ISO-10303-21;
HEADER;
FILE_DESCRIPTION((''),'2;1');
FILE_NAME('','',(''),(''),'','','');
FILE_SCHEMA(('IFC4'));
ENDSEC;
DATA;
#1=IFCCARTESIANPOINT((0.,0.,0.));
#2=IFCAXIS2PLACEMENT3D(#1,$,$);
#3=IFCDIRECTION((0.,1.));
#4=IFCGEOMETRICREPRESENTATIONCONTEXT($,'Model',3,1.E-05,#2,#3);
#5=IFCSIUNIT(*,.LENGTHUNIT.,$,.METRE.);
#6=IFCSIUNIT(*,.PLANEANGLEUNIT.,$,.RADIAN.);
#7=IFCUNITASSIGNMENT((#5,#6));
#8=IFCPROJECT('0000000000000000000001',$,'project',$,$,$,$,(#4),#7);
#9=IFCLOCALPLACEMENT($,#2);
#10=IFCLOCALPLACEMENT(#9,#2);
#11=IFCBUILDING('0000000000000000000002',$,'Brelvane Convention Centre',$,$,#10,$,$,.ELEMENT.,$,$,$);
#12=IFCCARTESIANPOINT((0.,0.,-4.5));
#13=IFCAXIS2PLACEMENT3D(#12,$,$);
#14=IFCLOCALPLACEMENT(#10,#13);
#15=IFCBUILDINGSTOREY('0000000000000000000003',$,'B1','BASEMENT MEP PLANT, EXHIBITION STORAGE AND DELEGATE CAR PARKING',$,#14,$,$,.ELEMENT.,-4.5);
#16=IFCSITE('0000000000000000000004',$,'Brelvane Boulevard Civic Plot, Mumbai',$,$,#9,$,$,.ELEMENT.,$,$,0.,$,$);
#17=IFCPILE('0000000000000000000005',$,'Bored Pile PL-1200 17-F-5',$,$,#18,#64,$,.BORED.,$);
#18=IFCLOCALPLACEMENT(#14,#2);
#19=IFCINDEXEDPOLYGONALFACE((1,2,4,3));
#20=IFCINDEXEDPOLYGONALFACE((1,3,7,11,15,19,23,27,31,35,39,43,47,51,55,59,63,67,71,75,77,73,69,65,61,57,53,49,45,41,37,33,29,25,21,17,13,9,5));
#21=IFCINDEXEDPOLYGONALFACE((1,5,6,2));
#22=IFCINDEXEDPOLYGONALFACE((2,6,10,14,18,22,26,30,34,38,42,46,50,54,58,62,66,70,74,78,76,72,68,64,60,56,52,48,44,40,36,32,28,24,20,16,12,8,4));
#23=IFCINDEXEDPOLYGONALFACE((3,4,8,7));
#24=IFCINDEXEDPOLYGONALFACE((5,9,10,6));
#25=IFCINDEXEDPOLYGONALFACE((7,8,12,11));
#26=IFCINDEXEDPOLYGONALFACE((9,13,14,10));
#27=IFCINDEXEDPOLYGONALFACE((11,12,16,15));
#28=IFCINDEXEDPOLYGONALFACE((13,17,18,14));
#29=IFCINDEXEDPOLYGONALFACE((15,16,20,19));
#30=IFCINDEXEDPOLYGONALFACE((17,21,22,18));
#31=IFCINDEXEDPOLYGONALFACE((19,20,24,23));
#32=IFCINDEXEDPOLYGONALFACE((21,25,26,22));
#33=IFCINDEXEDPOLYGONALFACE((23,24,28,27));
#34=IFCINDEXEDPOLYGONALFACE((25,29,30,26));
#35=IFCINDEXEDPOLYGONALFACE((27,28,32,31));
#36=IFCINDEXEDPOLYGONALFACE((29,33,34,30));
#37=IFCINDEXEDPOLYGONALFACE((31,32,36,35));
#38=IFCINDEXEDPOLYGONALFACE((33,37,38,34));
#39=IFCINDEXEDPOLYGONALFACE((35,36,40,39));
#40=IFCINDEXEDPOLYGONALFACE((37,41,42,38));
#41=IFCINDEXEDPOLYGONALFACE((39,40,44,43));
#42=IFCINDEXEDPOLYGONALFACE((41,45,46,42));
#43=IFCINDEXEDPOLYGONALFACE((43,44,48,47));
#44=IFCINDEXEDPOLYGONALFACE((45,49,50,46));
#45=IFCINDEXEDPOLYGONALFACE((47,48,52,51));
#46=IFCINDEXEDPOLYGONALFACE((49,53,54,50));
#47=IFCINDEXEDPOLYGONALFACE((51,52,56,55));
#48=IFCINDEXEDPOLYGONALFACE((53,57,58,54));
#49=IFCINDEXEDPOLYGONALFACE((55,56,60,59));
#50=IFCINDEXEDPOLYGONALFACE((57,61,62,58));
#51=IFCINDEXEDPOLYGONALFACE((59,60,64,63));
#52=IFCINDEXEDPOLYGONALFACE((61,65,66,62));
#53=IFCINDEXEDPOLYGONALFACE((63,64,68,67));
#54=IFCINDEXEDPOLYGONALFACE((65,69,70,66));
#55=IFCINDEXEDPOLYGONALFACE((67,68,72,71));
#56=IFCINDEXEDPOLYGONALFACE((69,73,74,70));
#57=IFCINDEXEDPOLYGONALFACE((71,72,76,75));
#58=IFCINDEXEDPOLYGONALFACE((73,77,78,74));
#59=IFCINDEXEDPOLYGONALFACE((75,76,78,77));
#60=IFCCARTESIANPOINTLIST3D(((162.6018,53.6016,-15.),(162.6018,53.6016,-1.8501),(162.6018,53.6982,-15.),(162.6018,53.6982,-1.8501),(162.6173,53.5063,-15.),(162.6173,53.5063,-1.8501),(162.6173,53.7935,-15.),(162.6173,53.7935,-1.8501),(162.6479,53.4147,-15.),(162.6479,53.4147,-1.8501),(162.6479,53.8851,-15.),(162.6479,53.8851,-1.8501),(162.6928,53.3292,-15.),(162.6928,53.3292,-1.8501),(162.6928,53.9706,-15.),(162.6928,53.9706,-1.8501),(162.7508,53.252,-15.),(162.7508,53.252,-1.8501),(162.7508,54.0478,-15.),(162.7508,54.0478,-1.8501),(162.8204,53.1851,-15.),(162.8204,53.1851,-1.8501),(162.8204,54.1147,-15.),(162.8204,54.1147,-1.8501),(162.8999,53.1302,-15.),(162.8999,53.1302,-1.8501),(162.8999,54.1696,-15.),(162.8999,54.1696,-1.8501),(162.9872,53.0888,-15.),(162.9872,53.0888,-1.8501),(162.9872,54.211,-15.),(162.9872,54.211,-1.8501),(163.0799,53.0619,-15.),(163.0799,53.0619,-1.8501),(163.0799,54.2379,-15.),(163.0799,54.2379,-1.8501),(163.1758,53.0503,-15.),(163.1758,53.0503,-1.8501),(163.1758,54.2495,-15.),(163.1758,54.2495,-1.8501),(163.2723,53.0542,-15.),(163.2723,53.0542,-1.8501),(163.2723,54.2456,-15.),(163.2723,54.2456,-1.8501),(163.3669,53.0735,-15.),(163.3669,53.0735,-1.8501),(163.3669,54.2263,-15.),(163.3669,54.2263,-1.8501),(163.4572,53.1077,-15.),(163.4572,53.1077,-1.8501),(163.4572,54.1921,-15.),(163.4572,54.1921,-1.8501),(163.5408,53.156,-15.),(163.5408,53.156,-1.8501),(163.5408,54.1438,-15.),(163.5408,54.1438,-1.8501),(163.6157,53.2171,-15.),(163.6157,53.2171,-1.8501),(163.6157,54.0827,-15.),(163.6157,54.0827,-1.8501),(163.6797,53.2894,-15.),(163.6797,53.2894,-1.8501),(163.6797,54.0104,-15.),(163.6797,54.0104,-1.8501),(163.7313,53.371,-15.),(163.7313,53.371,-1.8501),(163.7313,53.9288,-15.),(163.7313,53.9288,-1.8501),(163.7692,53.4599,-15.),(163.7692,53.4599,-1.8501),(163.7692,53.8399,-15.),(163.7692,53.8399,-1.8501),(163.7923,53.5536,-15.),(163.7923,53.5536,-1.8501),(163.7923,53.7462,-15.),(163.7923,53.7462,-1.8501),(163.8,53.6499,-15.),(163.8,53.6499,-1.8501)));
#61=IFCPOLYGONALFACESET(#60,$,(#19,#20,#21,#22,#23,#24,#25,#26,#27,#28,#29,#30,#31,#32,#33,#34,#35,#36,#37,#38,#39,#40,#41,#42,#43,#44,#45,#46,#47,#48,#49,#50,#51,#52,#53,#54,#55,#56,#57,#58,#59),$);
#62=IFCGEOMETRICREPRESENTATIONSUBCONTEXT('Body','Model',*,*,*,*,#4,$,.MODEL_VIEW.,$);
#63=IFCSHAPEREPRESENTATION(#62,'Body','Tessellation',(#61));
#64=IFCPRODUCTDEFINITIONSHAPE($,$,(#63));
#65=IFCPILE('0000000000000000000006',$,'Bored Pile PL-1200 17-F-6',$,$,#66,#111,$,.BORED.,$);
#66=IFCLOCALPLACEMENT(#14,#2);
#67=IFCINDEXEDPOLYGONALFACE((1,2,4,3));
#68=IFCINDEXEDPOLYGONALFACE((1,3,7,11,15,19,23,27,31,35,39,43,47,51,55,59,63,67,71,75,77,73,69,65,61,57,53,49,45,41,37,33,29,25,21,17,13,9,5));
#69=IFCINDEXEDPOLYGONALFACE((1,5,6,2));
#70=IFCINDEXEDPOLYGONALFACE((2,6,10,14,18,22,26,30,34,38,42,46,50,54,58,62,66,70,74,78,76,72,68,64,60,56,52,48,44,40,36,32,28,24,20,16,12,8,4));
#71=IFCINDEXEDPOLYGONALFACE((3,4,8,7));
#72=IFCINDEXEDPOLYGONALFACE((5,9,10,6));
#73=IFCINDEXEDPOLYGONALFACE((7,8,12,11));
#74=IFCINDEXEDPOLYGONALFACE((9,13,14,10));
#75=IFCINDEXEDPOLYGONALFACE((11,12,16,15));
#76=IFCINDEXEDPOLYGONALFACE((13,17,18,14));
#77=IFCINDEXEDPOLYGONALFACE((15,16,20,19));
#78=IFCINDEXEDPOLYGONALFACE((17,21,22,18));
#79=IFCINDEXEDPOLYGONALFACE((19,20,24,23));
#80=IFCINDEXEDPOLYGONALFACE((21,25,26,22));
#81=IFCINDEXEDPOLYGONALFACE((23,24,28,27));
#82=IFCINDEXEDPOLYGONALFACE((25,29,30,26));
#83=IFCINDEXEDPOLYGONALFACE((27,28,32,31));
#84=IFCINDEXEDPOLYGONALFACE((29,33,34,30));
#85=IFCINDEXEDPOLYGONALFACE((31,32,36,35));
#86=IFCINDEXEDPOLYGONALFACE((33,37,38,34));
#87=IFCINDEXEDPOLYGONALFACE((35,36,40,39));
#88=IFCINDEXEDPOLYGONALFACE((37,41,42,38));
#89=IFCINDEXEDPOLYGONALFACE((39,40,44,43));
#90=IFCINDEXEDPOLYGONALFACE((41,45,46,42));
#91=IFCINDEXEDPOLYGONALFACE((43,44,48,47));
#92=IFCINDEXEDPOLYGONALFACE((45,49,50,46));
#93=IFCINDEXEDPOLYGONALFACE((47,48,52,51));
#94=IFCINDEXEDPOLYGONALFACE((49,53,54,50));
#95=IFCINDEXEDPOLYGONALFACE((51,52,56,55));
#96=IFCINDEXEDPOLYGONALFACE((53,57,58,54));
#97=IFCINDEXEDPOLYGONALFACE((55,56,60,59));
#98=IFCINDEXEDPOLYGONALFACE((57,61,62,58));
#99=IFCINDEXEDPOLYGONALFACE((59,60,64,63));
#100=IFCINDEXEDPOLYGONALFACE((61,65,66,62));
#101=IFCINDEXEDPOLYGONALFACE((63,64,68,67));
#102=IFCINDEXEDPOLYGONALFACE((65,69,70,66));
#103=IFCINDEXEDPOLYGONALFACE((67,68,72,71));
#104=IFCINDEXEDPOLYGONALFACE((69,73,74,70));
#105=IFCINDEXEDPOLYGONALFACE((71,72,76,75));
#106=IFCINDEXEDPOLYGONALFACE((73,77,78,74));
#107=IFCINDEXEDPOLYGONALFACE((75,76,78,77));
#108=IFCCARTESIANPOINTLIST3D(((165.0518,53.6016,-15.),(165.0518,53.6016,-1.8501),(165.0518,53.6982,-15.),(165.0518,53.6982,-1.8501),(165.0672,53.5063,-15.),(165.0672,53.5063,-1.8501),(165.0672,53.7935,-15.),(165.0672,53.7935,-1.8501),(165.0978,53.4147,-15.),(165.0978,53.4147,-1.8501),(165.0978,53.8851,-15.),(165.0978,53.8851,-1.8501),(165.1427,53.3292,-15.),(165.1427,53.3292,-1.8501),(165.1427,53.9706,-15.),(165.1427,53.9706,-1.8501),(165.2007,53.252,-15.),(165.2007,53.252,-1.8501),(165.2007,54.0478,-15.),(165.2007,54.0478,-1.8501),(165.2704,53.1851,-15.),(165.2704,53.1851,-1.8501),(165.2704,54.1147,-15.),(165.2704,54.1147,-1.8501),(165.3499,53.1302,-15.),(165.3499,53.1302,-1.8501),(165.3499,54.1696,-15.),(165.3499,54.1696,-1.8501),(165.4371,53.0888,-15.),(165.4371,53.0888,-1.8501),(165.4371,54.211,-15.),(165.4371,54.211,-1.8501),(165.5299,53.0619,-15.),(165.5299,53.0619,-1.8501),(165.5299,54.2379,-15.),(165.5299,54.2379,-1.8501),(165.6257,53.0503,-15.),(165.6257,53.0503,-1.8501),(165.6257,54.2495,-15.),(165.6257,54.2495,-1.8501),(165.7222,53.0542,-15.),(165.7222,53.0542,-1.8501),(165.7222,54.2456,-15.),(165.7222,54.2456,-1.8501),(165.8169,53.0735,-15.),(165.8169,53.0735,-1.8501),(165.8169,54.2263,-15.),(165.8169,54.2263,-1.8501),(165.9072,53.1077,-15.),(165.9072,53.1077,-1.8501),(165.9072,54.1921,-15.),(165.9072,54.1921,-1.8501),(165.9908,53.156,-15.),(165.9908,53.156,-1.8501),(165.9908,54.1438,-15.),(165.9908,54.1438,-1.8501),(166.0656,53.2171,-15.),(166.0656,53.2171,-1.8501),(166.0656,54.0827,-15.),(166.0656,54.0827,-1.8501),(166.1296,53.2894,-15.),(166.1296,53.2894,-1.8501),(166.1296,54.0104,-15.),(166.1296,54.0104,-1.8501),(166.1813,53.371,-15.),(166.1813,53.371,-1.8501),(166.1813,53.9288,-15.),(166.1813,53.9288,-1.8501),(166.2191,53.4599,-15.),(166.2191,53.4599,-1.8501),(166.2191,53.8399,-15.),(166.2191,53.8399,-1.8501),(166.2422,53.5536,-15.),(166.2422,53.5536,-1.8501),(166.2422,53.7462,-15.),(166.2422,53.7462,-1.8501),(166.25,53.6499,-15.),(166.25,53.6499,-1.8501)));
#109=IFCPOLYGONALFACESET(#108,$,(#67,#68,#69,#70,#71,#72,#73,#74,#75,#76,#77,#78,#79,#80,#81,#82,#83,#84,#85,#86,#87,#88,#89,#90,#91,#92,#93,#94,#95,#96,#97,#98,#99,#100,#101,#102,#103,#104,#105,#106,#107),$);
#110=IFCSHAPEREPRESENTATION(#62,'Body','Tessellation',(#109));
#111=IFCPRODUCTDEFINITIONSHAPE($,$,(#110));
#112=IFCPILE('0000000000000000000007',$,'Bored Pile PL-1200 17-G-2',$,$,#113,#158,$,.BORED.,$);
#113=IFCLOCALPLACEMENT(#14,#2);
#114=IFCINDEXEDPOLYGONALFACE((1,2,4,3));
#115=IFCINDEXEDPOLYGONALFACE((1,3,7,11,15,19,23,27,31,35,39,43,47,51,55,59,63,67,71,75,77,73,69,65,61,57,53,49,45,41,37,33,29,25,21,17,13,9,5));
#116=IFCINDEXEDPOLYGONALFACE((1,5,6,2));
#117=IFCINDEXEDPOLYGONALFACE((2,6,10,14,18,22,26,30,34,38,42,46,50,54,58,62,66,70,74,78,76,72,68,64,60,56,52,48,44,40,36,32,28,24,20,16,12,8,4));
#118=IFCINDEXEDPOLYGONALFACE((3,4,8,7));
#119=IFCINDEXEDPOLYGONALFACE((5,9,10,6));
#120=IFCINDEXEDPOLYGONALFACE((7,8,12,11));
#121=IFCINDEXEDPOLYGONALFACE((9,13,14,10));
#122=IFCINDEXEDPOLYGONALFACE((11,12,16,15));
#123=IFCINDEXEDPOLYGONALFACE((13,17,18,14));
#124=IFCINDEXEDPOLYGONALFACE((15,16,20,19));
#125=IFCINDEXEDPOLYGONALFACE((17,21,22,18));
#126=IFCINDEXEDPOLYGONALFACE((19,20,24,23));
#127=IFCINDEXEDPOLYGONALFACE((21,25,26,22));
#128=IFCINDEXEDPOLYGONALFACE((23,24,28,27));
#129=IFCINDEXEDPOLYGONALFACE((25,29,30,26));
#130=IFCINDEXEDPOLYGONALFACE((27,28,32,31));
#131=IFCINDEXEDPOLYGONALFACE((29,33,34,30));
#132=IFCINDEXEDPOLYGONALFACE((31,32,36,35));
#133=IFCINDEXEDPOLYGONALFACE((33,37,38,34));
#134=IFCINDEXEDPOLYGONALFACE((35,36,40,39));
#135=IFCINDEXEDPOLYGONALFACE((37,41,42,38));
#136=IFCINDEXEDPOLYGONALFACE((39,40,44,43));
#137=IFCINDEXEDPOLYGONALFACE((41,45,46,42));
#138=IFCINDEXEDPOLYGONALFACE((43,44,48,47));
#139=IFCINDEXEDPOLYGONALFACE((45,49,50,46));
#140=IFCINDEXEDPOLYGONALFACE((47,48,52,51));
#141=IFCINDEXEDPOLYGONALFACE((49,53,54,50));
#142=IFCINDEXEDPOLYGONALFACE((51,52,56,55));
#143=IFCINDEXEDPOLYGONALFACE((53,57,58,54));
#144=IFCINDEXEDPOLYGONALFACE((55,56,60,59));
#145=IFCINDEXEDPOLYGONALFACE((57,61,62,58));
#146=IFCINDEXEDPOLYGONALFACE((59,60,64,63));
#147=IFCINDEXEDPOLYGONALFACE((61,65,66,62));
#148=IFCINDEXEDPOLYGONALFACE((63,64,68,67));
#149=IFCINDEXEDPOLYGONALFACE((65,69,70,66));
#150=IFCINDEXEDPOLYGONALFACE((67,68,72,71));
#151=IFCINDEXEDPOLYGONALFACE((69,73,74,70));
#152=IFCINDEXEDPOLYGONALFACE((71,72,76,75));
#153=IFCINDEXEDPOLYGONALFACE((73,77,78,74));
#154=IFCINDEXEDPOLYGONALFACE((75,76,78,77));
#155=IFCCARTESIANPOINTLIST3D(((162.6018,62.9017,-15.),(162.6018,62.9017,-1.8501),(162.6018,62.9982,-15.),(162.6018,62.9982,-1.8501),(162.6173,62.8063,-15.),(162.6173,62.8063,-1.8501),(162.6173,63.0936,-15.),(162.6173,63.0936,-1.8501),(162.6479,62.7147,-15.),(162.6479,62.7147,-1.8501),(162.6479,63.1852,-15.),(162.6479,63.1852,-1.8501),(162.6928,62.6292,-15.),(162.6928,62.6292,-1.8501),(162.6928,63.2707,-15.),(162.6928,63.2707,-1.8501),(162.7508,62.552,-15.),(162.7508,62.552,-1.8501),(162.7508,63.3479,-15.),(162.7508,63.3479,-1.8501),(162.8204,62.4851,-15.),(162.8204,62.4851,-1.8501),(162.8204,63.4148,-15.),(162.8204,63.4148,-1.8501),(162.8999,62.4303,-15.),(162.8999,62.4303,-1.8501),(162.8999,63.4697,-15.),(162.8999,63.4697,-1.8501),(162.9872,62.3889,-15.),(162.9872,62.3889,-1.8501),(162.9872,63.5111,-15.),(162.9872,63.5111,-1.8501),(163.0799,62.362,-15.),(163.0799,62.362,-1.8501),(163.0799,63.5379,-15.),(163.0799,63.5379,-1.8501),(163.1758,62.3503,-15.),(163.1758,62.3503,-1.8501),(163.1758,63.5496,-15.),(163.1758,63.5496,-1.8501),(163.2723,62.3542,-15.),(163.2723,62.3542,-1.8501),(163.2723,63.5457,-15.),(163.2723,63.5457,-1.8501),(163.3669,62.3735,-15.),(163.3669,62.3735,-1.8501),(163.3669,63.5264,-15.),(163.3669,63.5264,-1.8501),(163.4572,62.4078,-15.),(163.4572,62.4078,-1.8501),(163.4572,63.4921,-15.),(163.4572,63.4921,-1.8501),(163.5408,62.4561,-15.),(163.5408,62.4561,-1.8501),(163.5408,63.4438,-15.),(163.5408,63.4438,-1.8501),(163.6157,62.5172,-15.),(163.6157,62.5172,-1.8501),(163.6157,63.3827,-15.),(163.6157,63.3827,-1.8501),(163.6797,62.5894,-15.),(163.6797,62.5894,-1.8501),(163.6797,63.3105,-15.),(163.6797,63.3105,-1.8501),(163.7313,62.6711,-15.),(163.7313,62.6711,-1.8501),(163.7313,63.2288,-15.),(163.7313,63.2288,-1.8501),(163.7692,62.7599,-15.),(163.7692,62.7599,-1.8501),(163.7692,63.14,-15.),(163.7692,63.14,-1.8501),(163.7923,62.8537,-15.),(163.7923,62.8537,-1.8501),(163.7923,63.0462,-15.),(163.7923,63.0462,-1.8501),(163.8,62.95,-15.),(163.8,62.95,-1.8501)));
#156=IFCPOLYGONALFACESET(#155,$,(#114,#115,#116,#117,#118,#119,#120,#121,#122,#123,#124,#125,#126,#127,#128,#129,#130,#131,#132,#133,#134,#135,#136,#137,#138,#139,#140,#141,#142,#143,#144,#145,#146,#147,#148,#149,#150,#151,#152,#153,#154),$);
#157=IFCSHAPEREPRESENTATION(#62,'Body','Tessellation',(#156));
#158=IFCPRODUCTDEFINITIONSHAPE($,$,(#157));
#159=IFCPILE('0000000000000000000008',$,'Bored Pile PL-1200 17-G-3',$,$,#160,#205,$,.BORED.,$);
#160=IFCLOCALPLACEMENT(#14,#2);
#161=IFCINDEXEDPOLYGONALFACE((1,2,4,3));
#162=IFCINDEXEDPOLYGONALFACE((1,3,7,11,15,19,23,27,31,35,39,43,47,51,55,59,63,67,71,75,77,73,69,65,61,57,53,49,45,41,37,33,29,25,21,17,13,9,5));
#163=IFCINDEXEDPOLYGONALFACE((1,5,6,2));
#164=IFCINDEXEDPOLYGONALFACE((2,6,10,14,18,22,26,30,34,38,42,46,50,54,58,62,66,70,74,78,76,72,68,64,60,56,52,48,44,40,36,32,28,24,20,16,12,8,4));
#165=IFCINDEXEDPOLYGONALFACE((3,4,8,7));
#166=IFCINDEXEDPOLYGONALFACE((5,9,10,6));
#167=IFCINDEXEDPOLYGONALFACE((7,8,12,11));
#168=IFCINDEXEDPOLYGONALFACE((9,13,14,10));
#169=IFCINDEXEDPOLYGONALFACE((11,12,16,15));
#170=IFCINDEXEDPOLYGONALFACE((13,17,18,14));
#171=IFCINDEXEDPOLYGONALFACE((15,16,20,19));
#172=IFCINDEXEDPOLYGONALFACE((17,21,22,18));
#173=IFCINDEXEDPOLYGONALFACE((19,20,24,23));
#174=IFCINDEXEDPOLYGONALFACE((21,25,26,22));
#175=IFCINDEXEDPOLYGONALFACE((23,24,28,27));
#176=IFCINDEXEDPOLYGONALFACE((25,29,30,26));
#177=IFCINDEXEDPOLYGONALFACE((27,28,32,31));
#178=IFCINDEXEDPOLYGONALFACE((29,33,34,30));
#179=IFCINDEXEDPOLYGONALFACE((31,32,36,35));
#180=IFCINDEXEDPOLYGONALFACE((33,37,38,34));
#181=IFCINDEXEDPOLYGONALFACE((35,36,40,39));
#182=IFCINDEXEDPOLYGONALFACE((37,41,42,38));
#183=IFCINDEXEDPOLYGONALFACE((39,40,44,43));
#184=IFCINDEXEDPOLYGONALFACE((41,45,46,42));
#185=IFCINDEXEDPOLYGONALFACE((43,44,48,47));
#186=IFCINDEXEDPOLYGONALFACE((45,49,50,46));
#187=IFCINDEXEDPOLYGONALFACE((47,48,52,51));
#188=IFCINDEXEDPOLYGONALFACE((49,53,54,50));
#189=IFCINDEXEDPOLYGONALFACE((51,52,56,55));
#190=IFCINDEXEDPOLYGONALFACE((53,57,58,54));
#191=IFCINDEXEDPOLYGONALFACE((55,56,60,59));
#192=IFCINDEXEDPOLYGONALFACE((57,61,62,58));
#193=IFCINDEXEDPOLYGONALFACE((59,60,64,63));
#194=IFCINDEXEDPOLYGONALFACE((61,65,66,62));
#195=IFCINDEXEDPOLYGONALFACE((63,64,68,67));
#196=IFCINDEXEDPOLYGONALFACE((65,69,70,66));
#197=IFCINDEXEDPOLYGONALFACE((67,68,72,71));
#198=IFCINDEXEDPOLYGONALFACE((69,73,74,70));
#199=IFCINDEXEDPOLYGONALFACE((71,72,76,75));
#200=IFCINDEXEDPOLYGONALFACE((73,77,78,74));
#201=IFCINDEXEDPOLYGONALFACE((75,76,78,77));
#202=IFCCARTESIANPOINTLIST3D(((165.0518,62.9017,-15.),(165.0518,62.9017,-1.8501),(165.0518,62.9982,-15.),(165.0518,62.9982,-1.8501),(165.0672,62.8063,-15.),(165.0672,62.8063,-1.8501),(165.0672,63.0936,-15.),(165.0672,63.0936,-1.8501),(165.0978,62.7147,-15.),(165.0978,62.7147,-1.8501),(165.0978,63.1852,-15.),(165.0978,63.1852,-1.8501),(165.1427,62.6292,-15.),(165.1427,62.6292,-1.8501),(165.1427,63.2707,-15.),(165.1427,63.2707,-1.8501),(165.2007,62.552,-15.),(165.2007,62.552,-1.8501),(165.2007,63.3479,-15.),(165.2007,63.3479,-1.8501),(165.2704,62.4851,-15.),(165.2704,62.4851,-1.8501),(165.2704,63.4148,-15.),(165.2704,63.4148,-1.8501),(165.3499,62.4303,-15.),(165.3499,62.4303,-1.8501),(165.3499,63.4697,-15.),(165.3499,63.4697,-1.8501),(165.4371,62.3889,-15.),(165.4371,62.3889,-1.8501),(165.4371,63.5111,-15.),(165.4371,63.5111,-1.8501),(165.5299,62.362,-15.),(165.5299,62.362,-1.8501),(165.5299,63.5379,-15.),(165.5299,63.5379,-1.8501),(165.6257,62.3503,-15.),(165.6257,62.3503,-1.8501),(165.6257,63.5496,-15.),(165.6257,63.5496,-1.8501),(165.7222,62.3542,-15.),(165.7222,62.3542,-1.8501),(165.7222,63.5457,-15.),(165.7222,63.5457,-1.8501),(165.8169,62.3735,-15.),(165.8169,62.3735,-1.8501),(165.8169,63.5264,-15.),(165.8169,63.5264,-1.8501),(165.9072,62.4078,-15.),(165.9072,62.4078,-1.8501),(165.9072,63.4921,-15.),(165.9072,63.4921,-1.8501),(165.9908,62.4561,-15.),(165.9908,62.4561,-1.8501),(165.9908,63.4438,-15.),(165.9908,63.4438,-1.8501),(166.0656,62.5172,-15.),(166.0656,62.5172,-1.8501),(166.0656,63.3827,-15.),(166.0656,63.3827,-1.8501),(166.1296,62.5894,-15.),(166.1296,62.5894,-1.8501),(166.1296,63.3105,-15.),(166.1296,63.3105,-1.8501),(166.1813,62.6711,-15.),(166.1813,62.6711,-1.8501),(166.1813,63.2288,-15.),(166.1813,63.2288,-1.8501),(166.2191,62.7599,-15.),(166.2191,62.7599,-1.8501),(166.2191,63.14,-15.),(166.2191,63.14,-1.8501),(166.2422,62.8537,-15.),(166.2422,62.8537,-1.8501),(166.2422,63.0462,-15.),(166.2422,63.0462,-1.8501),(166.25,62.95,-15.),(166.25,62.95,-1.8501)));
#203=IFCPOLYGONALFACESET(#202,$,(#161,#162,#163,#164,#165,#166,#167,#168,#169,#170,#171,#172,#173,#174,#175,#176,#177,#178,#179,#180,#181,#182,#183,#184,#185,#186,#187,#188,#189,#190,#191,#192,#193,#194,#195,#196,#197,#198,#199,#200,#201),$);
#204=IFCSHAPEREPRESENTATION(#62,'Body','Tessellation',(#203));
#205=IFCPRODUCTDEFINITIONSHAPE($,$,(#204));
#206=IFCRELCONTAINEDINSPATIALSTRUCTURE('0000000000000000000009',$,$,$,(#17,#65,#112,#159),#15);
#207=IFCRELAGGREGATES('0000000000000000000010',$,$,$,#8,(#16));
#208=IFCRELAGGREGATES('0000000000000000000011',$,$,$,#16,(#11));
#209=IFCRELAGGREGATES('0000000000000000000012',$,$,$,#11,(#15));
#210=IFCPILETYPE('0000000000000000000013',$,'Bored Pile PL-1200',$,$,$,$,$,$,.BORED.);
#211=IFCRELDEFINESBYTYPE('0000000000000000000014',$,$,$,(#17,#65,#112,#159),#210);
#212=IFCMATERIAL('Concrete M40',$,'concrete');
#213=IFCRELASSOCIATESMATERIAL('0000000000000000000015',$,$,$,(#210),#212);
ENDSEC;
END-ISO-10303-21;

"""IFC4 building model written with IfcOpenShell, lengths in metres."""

from ifc_helpers import new_model, si_unit, direction, frame, origin, origin_2d, place, context, subcontext, project, spatial, circle, extrude, material, material_profile, profile_set, type_object, element, save


model = new_model("IFC4")

# Units and contexts
model_context = context("Model", 3, precision=1e-05, world=origin(), true_north=direction((0.0, 1.0)))
body_context = subcontext(model_context, "Body", "Model", "MODEL_VIEW")
ifc_project = project(units=[si_unit("LENGTHUNIT", "METRE"), si_unit("PLANEANGLEUNIT", "RADIAN")], contexts=[model_context])

# Site, building, storey
site_placement = place(None, origin())
site = spatial("IfcSite", under=ifc_project, at=site_placement, Name="Brelvane Boulevard Civic Plot, Mumbai", CompositionType="ELEMENT", RefElevation=0.0)
building_placement = place(site_placement, origin())
building = spatial("IfcBuilding", under=site, at=building_placement, Name="Brelvane Convention Centre", CompositionType="ELEMENT")
storey_placement = place(building_placement, frame((0.0, 0.0, -4.5)))
storey = spatial("IfcBuildingStorey", under=building, at=storey_placement, Name="B1", Description="BASEMENT MEP PLANT, EXHIBITION STORAGE AND DELEGATE CAR PARKING", CompositionType="ELEMENT", Elevation=-4.5)

# Piles
ifc_material_1 = material(Name="Concrete M40", Category="concrete")
ifc_material_profile_1 = material_profile(ifc_material_1, circle(Radius=0.6001, at=origin_2d()), Name="PILE D1200")
ifc_profile_set_1 = profile_set([ifc_material_profile_1], Name="Concrete M40")
pile_type_1 = type_object("IfcPileType", Name="Bored Pile PL-1200", PredefinedType="BORED", material=ifc_profile_set_1)
for number, where, z_axis, x_axis, name in (
    (1, (163.2, 53.6499, -1.8501), (0.0, 0.0, -1.0), (1.0, 0.0, 0.0), "Bored Pile PL-1200 17-F-5"),
    (2, (165.6499, 53.6499, -1.8501), (0.0, 0.0, -1.0), (1.0, 0.0, 0.0), "Bored Pile PL-1200 17-F-6"),
    (3, (163.2, 62.95, -1.8501), (0.0, 0.0, -1.0), (1.0, 0.0, 0.0), "Bored Pile PL-1200 17-G-2"),
    (4, (165.6499, 62.95, -1.8501), (0.0, 0.0, -1.0), (1.0, 0.0, 0.0), "Bored Pile PL-1200 17-G-3"),
):
    element("IfcPile", number, at=place(storey_placement, frame(where, z_axis=z_axis, x_axis=x_axis)), inside=storey, type_object=pile_type_1, Name=name, PredefinedType="BORED", context=body_context, shape_type="SweptSolid", body=[
        extrude(circle(Radius=0.6001, at=origin_2d()), origin(), (0.0, 0.0, 1.0), 13.1499),
    ])

save(model, "model.ifc")
